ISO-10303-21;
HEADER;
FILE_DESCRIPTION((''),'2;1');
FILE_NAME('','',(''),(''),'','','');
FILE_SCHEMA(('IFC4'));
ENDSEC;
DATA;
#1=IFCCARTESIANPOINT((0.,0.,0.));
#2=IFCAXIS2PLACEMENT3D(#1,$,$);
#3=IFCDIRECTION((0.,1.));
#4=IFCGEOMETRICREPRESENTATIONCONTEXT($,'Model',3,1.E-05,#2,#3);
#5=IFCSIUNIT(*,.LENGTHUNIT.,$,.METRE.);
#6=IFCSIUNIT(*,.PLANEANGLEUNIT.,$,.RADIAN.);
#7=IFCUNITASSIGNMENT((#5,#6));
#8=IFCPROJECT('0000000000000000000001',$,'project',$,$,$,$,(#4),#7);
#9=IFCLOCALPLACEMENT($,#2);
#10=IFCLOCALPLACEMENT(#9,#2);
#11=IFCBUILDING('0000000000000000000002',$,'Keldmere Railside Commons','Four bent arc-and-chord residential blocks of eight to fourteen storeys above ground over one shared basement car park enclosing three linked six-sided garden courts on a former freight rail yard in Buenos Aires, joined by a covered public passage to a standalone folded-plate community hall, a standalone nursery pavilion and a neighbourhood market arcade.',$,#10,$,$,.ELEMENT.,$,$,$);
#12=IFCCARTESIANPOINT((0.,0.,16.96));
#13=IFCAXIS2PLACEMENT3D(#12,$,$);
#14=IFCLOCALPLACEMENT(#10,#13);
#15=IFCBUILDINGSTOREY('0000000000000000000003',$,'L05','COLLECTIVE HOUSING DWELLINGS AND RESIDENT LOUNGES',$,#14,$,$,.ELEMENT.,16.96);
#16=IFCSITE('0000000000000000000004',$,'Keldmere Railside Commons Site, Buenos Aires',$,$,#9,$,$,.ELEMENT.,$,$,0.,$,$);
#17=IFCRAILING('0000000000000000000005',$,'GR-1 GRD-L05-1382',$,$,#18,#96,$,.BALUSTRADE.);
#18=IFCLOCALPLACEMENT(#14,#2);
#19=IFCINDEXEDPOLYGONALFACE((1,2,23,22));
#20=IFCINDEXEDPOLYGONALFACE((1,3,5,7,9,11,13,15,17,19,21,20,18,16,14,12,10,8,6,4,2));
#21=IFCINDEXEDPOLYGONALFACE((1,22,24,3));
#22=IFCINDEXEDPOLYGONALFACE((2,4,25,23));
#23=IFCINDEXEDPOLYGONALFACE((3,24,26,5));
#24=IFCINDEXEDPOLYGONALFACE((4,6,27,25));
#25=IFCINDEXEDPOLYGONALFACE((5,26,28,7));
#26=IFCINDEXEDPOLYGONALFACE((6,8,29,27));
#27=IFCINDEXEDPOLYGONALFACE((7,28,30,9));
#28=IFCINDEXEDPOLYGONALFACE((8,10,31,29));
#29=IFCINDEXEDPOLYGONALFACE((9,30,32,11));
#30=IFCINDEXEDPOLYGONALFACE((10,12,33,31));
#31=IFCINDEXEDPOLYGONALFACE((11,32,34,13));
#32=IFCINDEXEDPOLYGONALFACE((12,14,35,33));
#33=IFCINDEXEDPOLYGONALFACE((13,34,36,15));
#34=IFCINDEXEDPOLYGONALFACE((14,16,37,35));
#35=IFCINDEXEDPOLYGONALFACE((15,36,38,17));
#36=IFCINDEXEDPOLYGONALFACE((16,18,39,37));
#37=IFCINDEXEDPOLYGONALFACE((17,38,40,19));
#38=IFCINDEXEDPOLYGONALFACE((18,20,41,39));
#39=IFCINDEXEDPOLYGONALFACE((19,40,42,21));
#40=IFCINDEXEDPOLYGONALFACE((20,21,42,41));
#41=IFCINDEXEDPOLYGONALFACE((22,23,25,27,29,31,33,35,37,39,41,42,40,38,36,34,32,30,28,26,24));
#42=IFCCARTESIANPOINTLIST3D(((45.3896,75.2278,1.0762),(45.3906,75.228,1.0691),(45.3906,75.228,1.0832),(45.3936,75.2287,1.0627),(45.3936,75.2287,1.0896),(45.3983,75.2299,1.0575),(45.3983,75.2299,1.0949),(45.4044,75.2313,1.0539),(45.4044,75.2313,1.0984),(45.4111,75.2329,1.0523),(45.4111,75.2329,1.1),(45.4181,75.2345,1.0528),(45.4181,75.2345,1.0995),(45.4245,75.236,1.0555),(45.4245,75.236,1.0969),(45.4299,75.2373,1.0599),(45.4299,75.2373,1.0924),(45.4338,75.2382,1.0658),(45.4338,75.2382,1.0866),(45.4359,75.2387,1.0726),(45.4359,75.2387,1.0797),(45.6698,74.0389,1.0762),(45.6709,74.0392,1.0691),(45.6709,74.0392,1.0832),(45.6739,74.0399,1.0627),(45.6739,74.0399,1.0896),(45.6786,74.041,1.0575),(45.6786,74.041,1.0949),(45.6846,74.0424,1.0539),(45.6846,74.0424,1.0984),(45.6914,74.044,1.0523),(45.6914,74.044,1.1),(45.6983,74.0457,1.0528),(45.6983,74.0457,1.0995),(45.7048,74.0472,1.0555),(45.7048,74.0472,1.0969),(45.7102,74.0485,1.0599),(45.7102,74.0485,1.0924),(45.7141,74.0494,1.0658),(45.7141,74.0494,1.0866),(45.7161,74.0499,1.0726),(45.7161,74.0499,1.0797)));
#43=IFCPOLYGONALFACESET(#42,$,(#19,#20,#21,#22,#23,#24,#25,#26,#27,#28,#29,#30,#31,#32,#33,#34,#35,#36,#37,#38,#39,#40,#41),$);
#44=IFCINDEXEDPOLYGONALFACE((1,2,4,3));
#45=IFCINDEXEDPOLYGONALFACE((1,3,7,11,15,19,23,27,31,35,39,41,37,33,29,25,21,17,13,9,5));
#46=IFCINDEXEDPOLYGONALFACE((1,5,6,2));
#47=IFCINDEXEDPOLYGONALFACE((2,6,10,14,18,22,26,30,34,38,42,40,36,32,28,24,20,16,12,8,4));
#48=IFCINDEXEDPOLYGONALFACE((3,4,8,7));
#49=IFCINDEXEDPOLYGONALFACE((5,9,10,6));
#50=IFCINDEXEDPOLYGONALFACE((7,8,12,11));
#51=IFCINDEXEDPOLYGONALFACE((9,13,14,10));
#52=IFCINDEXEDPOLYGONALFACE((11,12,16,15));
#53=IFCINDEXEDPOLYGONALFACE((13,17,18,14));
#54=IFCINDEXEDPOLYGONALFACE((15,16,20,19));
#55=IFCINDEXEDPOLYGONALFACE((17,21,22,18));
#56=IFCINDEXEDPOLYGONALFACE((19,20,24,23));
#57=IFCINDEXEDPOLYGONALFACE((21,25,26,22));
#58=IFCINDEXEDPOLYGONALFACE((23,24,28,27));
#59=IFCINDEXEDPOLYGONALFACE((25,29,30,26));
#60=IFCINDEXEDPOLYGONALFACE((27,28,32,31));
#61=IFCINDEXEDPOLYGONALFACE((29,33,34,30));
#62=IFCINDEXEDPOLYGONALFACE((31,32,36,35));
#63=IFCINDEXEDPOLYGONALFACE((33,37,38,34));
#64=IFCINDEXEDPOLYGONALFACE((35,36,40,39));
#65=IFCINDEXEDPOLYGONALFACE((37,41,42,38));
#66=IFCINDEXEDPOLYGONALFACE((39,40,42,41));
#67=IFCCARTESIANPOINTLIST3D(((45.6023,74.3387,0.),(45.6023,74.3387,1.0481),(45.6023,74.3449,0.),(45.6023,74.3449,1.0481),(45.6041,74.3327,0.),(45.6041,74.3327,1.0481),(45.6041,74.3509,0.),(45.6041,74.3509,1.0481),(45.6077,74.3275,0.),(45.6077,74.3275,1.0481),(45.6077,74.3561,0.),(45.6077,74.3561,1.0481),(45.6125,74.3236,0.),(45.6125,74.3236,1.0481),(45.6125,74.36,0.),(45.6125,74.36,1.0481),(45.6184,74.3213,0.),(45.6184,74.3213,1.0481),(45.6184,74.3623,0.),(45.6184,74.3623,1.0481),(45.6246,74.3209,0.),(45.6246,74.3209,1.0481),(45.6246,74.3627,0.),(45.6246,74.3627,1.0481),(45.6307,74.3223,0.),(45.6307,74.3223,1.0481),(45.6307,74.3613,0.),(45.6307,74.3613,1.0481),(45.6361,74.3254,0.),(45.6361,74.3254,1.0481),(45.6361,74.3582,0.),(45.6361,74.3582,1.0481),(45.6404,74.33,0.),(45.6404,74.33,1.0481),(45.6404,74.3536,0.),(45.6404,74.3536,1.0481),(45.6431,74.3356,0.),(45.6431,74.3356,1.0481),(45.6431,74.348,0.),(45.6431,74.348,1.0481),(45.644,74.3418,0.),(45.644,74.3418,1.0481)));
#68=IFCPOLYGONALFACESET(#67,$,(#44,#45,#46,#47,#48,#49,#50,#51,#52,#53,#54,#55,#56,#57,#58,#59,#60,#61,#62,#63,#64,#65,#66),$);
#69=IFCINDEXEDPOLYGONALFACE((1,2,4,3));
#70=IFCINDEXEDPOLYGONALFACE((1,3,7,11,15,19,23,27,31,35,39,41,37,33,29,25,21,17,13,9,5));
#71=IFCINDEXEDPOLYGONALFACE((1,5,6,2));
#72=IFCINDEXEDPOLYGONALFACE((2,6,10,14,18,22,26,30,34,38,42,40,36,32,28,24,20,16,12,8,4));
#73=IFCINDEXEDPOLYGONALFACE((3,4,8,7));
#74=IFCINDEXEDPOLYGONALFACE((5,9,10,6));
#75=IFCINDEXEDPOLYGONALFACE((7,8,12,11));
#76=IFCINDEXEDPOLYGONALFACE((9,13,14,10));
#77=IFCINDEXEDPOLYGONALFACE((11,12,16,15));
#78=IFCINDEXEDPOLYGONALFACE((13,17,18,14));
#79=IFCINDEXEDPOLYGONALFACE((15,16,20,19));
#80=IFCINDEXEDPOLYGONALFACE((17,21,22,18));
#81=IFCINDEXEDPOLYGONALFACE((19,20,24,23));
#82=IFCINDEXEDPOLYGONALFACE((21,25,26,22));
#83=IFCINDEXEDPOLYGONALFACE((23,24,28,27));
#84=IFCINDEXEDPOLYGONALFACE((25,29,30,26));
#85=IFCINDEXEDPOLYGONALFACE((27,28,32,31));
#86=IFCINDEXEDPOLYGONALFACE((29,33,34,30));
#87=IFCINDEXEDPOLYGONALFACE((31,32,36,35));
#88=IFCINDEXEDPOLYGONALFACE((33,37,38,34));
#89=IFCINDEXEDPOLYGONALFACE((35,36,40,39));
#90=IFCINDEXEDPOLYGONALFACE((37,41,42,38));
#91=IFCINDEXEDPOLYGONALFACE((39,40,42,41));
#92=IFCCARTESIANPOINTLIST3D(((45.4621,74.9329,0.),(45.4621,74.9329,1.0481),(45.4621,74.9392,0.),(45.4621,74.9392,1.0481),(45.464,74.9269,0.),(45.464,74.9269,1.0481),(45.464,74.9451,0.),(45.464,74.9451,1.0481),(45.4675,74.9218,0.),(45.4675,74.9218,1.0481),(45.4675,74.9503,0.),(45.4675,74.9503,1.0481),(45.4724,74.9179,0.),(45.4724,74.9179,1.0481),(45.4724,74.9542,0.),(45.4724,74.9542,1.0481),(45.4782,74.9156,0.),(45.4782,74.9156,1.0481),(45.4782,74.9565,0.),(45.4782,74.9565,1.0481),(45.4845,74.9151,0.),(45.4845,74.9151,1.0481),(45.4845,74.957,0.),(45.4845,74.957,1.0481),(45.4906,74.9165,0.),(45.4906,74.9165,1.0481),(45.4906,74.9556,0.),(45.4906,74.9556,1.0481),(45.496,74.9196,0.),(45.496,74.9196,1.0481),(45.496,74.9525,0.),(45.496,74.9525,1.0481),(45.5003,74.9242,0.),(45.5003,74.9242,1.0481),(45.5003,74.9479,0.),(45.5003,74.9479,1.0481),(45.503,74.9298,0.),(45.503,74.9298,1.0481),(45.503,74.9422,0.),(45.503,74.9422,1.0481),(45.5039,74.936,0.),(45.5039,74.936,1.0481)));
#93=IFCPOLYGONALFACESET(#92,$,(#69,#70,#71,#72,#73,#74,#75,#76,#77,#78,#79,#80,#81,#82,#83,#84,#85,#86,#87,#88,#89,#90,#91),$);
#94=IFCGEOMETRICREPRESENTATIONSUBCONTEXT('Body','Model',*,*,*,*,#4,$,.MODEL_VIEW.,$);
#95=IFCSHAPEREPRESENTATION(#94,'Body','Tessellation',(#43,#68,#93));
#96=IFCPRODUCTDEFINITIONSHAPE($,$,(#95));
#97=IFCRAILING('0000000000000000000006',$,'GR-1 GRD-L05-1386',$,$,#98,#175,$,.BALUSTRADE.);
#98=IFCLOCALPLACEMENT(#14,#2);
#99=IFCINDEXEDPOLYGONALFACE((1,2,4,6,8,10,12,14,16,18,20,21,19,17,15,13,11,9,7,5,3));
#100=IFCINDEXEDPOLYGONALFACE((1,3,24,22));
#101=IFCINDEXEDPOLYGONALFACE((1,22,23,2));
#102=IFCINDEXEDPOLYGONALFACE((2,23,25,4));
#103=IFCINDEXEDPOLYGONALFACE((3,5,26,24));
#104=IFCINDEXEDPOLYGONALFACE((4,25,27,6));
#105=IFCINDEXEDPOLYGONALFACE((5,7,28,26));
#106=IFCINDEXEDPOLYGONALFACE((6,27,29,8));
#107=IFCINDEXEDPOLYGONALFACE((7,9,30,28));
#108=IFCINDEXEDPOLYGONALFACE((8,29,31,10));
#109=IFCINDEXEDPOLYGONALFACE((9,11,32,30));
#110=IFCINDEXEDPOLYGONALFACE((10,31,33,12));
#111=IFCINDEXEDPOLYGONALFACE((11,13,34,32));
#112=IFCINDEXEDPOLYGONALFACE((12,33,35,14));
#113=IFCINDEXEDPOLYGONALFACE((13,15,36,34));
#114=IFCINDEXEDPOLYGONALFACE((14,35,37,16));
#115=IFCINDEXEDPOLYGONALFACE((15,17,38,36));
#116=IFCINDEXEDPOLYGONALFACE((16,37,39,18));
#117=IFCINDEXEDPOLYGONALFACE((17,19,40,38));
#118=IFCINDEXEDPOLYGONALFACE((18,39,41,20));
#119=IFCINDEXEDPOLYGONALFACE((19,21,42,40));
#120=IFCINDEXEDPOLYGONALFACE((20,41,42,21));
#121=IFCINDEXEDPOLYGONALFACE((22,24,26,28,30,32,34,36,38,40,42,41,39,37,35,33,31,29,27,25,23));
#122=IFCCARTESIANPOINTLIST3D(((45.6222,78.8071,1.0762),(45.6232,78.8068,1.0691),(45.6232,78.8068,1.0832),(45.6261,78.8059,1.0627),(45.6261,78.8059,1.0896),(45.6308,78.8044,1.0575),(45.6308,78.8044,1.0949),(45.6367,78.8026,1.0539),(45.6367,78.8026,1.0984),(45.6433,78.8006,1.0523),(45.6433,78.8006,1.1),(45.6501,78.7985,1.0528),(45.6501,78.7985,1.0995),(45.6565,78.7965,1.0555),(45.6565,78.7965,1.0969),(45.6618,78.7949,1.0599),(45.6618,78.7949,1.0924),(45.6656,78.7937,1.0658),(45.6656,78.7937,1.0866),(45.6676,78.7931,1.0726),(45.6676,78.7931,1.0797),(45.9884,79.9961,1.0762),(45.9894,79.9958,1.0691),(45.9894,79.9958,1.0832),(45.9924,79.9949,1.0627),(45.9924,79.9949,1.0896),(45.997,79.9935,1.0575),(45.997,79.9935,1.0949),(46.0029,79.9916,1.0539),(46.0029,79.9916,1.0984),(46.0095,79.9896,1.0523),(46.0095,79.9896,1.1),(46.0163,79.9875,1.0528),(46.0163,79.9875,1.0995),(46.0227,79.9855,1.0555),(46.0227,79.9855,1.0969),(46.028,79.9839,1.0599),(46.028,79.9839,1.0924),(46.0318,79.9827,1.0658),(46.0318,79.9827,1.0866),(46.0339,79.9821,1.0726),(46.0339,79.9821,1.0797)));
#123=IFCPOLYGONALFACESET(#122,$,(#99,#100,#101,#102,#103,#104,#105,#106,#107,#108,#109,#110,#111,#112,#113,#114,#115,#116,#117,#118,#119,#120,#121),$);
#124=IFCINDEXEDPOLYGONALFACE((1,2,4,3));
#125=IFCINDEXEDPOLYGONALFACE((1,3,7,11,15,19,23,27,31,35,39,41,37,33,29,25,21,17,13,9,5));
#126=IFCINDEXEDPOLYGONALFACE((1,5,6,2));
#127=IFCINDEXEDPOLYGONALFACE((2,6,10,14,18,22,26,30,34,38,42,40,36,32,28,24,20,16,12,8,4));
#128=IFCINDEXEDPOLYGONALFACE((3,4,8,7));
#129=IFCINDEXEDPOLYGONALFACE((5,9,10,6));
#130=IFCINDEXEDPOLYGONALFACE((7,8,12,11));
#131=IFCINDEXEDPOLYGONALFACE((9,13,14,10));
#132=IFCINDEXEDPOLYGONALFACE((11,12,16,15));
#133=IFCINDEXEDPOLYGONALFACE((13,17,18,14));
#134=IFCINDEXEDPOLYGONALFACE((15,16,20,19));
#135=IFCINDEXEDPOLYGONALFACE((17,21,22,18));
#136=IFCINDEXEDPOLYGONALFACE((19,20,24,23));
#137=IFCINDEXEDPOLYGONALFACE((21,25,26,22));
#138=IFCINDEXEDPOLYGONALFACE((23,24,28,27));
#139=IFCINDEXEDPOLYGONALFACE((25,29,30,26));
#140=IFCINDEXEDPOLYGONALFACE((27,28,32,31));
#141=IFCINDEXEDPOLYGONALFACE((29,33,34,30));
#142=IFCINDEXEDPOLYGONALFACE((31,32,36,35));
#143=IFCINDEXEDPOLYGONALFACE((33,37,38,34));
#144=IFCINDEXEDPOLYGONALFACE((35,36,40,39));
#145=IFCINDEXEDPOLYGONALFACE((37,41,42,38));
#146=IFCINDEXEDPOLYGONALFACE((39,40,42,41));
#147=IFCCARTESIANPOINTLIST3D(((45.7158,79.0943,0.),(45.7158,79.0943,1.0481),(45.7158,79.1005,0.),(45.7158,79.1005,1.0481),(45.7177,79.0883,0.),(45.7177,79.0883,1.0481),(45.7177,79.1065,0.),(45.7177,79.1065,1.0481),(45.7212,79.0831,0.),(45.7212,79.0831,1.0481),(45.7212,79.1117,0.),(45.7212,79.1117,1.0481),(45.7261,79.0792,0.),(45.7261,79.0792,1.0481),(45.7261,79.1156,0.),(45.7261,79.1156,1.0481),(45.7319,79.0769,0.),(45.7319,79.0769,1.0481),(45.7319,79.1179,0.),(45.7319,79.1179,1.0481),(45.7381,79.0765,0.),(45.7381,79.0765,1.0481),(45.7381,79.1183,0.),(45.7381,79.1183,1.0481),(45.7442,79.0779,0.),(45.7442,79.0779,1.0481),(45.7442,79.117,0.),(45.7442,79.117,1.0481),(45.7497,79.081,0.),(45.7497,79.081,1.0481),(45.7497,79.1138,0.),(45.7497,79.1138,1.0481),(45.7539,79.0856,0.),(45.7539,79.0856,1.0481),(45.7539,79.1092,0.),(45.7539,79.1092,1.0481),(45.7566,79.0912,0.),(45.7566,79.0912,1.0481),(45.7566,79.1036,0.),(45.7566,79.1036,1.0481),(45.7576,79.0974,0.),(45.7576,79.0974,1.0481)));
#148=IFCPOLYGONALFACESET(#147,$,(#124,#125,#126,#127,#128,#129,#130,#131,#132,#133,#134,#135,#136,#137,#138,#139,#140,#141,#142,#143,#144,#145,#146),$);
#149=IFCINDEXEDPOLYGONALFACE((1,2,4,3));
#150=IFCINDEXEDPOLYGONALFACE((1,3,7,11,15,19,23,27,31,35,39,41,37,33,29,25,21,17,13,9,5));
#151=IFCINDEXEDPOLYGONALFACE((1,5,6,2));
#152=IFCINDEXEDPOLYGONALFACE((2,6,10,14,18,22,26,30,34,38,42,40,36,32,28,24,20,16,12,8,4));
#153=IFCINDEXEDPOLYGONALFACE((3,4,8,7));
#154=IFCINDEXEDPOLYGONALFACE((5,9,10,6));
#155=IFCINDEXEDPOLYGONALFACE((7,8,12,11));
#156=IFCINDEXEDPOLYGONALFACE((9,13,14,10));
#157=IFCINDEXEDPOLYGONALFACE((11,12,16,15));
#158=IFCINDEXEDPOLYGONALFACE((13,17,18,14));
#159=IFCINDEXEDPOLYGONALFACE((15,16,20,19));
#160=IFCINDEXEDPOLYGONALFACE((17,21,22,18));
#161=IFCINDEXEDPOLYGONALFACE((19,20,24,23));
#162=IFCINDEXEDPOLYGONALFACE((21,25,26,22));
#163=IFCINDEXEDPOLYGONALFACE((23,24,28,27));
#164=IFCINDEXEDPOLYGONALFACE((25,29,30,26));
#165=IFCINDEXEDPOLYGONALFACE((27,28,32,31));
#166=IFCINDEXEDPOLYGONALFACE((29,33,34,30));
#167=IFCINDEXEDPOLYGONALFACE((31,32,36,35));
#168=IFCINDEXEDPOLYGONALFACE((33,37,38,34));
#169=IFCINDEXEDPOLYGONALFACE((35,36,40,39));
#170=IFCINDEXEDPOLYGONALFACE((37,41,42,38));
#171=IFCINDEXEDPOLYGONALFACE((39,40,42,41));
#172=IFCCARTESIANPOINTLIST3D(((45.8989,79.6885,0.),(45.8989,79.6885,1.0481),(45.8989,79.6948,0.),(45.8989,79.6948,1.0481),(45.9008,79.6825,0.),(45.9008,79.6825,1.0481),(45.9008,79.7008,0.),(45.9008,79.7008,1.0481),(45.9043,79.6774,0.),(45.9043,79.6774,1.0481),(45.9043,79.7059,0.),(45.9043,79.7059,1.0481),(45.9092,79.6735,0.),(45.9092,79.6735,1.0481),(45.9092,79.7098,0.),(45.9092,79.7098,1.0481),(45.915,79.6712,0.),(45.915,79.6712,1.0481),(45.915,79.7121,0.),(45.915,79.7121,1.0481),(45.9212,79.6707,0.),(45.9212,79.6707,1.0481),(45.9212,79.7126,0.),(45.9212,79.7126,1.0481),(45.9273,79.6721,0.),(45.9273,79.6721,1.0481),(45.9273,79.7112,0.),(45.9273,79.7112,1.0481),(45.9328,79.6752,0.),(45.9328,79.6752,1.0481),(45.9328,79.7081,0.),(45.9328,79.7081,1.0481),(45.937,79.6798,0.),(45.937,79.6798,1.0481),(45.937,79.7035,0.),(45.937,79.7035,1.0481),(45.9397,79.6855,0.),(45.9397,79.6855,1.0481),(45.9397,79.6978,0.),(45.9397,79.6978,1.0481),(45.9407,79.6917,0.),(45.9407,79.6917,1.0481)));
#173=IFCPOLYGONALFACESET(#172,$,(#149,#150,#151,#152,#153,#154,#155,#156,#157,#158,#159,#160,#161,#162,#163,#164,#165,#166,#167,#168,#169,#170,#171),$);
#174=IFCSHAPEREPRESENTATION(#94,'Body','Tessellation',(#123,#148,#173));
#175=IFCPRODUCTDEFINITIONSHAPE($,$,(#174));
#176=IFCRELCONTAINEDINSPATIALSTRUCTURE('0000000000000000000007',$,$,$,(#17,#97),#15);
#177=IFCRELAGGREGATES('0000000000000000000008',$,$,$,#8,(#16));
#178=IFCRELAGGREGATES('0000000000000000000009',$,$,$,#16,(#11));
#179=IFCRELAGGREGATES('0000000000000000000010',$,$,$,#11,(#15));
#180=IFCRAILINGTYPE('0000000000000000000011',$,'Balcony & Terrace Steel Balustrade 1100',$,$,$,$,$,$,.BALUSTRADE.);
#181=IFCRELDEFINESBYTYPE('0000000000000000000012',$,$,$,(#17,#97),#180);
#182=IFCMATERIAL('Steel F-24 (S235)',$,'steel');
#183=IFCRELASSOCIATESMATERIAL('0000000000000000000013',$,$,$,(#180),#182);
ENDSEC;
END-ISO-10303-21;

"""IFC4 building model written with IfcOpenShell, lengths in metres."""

from ifc_helpers import new_model, si_unit, direction, frame, origin, origin_2d, place, context, subcontext, project, spatial, circle, extrude, material, type_object, element, save


model = new_model("IFC4")

# Units and contexts
model_context = context("Model", 3, precision=1e-05, world=origin(), true_north=direction((0.0, 1.0)))
body_context = subcontext(model_context, "Body", "Model", "MODEL_VIEW")
ifc_project = project(units=[si_unit("LENGTHUNIT", "METRE"), si_unit("PLANEANGLEUNIT", "RADIAN")], contexts=[model_context])

# Site, building, storey
site_placement = place(None, origin())
site = spatial("IfcSite", under=ifc_project, at=site_placement, Name="Keldmere Railside Commons Site, Buenos Aires", CompositionType="ELEMENT", RefElevation=0.0)
building_placement = place(site_placement, origin())
building = spatial("IfcBuilding", under=site, at=building_placement, Name="Keldmere Railside Commons", Description="Four bent arc-and-chord residential blocks of eight to fourteen storeys above ground over one shared basement car park enclosing three linked six-sided garden courts on a former freight rail yard in Buenos Aires, joined by a covered public passage to a standalone folded-plate community hall, a standalone nursery pavilion and a neighbourhood market arcade.", CompositionType="ELEMENT")
storey_placement = place(building_placement, frame((0.0, 0.0, 16.96)))
storey = spatial("IfcBuildingStorey", under=building, at=storey_placement, Name="L05", Description="COLLECTIVE HOUSING DWELLINGS AND RESIDENT LOUNGES", CompositionType="ELEMENT", Elevation=16.96)

# Shared definitions
ifc_material_1 = material(Name="Steel F-24 (S235)", Category="steel")

# Railings
railing_type = type_object("IfcRailingType", Name="Balcony & Terrace Steel Balustrade 1100", PredefinedType="BALUSTRADE", material=ifc_material_1)
railing_1_placement = place(storey_placement, frame((45.6931, 74.0444, 0.0)))
element("IfcRailing", 1, at=railing_1_placement, inside=storey, type_object=railing_type, Name="GR-1 GRD-L05-1382", PredefinedType="BALUSTRADE", context=body_context, shape_type="SweptSolid", body=[
    extrude(circle(Radius=0.0239, at=origin_2d()), frame((0.0, 0.0, 1.0762), z_axis=(-0.22944, 0.973323, 0.0), x_axis=(-0.973323, -0.22944, 0.0)), (0.0, 0.0, 1.0), 1.2214),
    extrude(circle(Radius=0.021, at=origin_2d()), frame((-0.0701, 0.2974, 0.0)), (0.0, 0.0, 1.0), 1.0481),
    extrude(circle(Radius=0.021, at=origin_2d()), frame((-0.2102, 0.8916, 0.0)), (0.0, 0.0, 1.0), 1.0481),
])
railing_2_placement = place(storey_placement, frame((45.645, 78.8, 0.0)))
element("IfcRailing", 2, at=railing_2_placement, inside=storey, type_object=railing_type, Name="GR-1 GRD-L05-1386", PredefinedType="BALUSTRADE", context=body_context, shape_type="SweptSolid", body=[
    extrude(circle(Radius=0.0239, at=origin_2d()), frame((0.0, 0.0, 1.0762), z_axis=(0.294362, 0.955694, 0.0), x_axis=(-0.955694, 0.294362, 0.0)), (0.0, 0.0, 1.0), 1.2441),
    extrude(circle(Radius=0.021, at=origin_2d()), frame((0.0916, 0.2974, 0.0)), (0.0, 0.0, 1.0), 1.0481),
    extrude(circle(Radius=0.021, at=origin_2d()), frame((0.2747, 0.8916, 0.0)), (0.0, 0.0, 1.0), 1.0481),
])

save(model, "model.ifc")
